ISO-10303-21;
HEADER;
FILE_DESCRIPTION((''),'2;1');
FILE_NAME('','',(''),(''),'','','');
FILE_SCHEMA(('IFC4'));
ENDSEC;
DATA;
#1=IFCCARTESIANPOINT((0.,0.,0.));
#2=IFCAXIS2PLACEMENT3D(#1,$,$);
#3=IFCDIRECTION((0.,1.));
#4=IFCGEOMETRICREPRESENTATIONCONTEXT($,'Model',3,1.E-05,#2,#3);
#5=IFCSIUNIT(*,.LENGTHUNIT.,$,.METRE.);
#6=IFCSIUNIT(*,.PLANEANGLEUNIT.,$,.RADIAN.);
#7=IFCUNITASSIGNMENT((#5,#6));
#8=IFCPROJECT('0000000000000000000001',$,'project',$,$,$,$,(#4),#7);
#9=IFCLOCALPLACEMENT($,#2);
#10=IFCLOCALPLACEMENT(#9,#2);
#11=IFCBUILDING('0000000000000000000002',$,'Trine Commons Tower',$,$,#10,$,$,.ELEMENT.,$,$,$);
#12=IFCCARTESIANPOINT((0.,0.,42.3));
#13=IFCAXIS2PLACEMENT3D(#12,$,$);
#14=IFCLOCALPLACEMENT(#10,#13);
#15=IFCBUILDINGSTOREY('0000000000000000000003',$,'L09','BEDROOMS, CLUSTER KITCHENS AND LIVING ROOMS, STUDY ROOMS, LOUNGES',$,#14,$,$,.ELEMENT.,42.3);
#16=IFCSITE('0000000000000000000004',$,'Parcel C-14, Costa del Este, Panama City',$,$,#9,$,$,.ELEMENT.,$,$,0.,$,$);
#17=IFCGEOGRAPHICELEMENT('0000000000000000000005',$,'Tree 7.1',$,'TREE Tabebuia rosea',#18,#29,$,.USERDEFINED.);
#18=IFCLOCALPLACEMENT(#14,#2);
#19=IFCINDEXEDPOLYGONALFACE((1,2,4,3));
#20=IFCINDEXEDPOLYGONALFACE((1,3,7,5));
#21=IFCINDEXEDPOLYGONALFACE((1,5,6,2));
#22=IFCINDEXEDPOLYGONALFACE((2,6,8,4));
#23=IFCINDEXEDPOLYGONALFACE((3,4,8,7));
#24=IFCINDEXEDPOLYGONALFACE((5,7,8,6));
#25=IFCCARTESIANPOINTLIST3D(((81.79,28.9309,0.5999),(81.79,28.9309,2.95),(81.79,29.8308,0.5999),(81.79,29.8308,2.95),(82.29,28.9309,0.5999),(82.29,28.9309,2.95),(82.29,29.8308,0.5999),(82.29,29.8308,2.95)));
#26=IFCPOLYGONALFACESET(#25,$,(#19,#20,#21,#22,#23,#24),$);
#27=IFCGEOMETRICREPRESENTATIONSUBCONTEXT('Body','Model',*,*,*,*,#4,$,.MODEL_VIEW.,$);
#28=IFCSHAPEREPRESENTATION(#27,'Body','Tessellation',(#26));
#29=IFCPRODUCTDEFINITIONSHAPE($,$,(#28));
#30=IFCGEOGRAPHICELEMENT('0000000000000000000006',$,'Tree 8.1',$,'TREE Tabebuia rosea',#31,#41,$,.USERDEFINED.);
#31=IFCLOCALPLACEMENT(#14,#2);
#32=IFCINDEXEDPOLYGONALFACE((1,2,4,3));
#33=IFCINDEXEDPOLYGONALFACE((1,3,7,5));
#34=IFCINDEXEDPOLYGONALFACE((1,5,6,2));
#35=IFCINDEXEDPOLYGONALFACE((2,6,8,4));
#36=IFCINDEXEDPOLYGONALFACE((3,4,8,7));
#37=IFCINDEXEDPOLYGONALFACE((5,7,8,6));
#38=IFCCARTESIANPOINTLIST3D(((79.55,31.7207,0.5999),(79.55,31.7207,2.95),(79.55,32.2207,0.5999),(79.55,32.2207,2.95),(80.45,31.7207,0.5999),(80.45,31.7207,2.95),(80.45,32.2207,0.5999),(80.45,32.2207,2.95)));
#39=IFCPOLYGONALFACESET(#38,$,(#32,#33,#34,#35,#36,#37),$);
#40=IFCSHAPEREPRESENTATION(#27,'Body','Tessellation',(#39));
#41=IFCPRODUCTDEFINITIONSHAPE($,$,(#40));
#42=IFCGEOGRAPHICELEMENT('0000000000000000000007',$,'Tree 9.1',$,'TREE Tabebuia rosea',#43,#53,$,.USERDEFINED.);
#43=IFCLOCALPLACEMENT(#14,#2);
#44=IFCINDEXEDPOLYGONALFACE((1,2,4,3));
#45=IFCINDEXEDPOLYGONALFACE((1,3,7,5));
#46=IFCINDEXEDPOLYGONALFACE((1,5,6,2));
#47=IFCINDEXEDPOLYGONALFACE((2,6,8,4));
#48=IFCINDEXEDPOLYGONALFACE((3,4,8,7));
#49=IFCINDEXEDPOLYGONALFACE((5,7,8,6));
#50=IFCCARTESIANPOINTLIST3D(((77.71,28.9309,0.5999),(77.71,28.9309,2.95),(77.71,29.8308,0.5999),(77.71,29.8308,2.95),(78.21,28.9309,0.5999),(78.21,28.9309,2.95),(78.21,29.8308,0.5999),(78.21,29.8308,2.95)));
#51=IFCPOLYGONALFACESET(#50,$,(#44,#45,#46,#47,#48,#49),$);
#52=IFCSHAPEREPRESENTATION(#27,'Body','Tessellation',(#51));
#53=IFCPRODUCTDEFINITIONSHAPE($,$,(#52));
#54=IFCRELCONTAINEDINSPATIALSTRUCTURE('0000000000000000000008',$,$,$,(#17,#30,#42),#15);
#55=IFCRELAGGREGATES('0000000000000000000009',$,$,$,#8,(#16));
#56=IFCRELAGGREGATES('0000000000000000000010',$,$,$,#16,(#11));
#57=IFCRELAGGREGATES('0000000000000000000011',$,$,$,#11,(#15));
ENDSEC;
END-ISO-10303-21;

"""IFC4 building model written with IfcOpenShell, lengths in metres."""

from ifc_helpers import new_model, si_unit, direction, frame, origin, origin_2d, place, context, subcontext, project, spatial, rectangle, extrude, element, save


model = new_model("IFC4")

# Units and contexts
model_context = context("Model", 3, precision=1e-05, world=origin(), true_north=direction((0.0, 1.0)))
body_context = subcontext(model_context, "Body", "Model", "MODEL_VIEW")
ifc_project = project(units=[si_unit("LENGTHUNIT", "METRE"), si_unit("PLANEANGLEUNIT", "RADIAN")], contexts=[model_context])

# Site, building, storey
site_placement = place(None, origin())
site = spatial("IfcSite", under=ifc_project, at=site_placement, Name="Parcel C-14, Costa del Este, Panama City", CompositionType="ELEMENT", RefElevation=0.0)
building_placement = place(site_placement, origin())
building = spatial("IfcBuilding", under=site, at=building_placement, Name="Trine Commons Tower", CompositionType="ELEMENT")
storey_placement = place(building_placement, frame((0.0, 0.0, 42.3)))
storey = spatial("IfcBuildingStorey", under=building, at=storey_placement, Name="L09", Description="BEDROOMS, CLUSTER KITCHENS AND LIVING ROOMS, STUDY ROOMS, LOUNGES", CompositionType="ELEMENT", Elevation=42.3)

# Geographic elements
for number, where, z_axis, x_axis, name in (
    (1, (82.04, 29.3809, 0.5999), (0.0, 0.0, 1.0), (0.0, 1.0, 0.0), "Tree 7.1"),
    (2, (80.0, 31.9707, 0.5999), (0.0, 0.0, 1.0), (-1.0, 0.0, 0.0), "Tree 8.1"),
    (3, (77.96, 29.3809, 0.5999), (0.0, 0.0, 1.0), (0.0, -1.0, 0.0), "Tree 9.1"),
):
    element("IfcGeographicElement", number, at=place(storey_placement, frame(where, z_axis=z_axis, x_axis=x_axis)), inside=storey, Name=name, ObjectType="TREE Tabebuia rosea", PredefinedType="USERDEFINED", context=body_context, shape_type="SweptSolid", body=[
        extrude(rectangle(XDim=0.8999, YDim=0.5, at=origin_2d()), origin(), (0.0, 0.0, 1.0), 2.3501),
    ])

save(model, "model.ifc")
